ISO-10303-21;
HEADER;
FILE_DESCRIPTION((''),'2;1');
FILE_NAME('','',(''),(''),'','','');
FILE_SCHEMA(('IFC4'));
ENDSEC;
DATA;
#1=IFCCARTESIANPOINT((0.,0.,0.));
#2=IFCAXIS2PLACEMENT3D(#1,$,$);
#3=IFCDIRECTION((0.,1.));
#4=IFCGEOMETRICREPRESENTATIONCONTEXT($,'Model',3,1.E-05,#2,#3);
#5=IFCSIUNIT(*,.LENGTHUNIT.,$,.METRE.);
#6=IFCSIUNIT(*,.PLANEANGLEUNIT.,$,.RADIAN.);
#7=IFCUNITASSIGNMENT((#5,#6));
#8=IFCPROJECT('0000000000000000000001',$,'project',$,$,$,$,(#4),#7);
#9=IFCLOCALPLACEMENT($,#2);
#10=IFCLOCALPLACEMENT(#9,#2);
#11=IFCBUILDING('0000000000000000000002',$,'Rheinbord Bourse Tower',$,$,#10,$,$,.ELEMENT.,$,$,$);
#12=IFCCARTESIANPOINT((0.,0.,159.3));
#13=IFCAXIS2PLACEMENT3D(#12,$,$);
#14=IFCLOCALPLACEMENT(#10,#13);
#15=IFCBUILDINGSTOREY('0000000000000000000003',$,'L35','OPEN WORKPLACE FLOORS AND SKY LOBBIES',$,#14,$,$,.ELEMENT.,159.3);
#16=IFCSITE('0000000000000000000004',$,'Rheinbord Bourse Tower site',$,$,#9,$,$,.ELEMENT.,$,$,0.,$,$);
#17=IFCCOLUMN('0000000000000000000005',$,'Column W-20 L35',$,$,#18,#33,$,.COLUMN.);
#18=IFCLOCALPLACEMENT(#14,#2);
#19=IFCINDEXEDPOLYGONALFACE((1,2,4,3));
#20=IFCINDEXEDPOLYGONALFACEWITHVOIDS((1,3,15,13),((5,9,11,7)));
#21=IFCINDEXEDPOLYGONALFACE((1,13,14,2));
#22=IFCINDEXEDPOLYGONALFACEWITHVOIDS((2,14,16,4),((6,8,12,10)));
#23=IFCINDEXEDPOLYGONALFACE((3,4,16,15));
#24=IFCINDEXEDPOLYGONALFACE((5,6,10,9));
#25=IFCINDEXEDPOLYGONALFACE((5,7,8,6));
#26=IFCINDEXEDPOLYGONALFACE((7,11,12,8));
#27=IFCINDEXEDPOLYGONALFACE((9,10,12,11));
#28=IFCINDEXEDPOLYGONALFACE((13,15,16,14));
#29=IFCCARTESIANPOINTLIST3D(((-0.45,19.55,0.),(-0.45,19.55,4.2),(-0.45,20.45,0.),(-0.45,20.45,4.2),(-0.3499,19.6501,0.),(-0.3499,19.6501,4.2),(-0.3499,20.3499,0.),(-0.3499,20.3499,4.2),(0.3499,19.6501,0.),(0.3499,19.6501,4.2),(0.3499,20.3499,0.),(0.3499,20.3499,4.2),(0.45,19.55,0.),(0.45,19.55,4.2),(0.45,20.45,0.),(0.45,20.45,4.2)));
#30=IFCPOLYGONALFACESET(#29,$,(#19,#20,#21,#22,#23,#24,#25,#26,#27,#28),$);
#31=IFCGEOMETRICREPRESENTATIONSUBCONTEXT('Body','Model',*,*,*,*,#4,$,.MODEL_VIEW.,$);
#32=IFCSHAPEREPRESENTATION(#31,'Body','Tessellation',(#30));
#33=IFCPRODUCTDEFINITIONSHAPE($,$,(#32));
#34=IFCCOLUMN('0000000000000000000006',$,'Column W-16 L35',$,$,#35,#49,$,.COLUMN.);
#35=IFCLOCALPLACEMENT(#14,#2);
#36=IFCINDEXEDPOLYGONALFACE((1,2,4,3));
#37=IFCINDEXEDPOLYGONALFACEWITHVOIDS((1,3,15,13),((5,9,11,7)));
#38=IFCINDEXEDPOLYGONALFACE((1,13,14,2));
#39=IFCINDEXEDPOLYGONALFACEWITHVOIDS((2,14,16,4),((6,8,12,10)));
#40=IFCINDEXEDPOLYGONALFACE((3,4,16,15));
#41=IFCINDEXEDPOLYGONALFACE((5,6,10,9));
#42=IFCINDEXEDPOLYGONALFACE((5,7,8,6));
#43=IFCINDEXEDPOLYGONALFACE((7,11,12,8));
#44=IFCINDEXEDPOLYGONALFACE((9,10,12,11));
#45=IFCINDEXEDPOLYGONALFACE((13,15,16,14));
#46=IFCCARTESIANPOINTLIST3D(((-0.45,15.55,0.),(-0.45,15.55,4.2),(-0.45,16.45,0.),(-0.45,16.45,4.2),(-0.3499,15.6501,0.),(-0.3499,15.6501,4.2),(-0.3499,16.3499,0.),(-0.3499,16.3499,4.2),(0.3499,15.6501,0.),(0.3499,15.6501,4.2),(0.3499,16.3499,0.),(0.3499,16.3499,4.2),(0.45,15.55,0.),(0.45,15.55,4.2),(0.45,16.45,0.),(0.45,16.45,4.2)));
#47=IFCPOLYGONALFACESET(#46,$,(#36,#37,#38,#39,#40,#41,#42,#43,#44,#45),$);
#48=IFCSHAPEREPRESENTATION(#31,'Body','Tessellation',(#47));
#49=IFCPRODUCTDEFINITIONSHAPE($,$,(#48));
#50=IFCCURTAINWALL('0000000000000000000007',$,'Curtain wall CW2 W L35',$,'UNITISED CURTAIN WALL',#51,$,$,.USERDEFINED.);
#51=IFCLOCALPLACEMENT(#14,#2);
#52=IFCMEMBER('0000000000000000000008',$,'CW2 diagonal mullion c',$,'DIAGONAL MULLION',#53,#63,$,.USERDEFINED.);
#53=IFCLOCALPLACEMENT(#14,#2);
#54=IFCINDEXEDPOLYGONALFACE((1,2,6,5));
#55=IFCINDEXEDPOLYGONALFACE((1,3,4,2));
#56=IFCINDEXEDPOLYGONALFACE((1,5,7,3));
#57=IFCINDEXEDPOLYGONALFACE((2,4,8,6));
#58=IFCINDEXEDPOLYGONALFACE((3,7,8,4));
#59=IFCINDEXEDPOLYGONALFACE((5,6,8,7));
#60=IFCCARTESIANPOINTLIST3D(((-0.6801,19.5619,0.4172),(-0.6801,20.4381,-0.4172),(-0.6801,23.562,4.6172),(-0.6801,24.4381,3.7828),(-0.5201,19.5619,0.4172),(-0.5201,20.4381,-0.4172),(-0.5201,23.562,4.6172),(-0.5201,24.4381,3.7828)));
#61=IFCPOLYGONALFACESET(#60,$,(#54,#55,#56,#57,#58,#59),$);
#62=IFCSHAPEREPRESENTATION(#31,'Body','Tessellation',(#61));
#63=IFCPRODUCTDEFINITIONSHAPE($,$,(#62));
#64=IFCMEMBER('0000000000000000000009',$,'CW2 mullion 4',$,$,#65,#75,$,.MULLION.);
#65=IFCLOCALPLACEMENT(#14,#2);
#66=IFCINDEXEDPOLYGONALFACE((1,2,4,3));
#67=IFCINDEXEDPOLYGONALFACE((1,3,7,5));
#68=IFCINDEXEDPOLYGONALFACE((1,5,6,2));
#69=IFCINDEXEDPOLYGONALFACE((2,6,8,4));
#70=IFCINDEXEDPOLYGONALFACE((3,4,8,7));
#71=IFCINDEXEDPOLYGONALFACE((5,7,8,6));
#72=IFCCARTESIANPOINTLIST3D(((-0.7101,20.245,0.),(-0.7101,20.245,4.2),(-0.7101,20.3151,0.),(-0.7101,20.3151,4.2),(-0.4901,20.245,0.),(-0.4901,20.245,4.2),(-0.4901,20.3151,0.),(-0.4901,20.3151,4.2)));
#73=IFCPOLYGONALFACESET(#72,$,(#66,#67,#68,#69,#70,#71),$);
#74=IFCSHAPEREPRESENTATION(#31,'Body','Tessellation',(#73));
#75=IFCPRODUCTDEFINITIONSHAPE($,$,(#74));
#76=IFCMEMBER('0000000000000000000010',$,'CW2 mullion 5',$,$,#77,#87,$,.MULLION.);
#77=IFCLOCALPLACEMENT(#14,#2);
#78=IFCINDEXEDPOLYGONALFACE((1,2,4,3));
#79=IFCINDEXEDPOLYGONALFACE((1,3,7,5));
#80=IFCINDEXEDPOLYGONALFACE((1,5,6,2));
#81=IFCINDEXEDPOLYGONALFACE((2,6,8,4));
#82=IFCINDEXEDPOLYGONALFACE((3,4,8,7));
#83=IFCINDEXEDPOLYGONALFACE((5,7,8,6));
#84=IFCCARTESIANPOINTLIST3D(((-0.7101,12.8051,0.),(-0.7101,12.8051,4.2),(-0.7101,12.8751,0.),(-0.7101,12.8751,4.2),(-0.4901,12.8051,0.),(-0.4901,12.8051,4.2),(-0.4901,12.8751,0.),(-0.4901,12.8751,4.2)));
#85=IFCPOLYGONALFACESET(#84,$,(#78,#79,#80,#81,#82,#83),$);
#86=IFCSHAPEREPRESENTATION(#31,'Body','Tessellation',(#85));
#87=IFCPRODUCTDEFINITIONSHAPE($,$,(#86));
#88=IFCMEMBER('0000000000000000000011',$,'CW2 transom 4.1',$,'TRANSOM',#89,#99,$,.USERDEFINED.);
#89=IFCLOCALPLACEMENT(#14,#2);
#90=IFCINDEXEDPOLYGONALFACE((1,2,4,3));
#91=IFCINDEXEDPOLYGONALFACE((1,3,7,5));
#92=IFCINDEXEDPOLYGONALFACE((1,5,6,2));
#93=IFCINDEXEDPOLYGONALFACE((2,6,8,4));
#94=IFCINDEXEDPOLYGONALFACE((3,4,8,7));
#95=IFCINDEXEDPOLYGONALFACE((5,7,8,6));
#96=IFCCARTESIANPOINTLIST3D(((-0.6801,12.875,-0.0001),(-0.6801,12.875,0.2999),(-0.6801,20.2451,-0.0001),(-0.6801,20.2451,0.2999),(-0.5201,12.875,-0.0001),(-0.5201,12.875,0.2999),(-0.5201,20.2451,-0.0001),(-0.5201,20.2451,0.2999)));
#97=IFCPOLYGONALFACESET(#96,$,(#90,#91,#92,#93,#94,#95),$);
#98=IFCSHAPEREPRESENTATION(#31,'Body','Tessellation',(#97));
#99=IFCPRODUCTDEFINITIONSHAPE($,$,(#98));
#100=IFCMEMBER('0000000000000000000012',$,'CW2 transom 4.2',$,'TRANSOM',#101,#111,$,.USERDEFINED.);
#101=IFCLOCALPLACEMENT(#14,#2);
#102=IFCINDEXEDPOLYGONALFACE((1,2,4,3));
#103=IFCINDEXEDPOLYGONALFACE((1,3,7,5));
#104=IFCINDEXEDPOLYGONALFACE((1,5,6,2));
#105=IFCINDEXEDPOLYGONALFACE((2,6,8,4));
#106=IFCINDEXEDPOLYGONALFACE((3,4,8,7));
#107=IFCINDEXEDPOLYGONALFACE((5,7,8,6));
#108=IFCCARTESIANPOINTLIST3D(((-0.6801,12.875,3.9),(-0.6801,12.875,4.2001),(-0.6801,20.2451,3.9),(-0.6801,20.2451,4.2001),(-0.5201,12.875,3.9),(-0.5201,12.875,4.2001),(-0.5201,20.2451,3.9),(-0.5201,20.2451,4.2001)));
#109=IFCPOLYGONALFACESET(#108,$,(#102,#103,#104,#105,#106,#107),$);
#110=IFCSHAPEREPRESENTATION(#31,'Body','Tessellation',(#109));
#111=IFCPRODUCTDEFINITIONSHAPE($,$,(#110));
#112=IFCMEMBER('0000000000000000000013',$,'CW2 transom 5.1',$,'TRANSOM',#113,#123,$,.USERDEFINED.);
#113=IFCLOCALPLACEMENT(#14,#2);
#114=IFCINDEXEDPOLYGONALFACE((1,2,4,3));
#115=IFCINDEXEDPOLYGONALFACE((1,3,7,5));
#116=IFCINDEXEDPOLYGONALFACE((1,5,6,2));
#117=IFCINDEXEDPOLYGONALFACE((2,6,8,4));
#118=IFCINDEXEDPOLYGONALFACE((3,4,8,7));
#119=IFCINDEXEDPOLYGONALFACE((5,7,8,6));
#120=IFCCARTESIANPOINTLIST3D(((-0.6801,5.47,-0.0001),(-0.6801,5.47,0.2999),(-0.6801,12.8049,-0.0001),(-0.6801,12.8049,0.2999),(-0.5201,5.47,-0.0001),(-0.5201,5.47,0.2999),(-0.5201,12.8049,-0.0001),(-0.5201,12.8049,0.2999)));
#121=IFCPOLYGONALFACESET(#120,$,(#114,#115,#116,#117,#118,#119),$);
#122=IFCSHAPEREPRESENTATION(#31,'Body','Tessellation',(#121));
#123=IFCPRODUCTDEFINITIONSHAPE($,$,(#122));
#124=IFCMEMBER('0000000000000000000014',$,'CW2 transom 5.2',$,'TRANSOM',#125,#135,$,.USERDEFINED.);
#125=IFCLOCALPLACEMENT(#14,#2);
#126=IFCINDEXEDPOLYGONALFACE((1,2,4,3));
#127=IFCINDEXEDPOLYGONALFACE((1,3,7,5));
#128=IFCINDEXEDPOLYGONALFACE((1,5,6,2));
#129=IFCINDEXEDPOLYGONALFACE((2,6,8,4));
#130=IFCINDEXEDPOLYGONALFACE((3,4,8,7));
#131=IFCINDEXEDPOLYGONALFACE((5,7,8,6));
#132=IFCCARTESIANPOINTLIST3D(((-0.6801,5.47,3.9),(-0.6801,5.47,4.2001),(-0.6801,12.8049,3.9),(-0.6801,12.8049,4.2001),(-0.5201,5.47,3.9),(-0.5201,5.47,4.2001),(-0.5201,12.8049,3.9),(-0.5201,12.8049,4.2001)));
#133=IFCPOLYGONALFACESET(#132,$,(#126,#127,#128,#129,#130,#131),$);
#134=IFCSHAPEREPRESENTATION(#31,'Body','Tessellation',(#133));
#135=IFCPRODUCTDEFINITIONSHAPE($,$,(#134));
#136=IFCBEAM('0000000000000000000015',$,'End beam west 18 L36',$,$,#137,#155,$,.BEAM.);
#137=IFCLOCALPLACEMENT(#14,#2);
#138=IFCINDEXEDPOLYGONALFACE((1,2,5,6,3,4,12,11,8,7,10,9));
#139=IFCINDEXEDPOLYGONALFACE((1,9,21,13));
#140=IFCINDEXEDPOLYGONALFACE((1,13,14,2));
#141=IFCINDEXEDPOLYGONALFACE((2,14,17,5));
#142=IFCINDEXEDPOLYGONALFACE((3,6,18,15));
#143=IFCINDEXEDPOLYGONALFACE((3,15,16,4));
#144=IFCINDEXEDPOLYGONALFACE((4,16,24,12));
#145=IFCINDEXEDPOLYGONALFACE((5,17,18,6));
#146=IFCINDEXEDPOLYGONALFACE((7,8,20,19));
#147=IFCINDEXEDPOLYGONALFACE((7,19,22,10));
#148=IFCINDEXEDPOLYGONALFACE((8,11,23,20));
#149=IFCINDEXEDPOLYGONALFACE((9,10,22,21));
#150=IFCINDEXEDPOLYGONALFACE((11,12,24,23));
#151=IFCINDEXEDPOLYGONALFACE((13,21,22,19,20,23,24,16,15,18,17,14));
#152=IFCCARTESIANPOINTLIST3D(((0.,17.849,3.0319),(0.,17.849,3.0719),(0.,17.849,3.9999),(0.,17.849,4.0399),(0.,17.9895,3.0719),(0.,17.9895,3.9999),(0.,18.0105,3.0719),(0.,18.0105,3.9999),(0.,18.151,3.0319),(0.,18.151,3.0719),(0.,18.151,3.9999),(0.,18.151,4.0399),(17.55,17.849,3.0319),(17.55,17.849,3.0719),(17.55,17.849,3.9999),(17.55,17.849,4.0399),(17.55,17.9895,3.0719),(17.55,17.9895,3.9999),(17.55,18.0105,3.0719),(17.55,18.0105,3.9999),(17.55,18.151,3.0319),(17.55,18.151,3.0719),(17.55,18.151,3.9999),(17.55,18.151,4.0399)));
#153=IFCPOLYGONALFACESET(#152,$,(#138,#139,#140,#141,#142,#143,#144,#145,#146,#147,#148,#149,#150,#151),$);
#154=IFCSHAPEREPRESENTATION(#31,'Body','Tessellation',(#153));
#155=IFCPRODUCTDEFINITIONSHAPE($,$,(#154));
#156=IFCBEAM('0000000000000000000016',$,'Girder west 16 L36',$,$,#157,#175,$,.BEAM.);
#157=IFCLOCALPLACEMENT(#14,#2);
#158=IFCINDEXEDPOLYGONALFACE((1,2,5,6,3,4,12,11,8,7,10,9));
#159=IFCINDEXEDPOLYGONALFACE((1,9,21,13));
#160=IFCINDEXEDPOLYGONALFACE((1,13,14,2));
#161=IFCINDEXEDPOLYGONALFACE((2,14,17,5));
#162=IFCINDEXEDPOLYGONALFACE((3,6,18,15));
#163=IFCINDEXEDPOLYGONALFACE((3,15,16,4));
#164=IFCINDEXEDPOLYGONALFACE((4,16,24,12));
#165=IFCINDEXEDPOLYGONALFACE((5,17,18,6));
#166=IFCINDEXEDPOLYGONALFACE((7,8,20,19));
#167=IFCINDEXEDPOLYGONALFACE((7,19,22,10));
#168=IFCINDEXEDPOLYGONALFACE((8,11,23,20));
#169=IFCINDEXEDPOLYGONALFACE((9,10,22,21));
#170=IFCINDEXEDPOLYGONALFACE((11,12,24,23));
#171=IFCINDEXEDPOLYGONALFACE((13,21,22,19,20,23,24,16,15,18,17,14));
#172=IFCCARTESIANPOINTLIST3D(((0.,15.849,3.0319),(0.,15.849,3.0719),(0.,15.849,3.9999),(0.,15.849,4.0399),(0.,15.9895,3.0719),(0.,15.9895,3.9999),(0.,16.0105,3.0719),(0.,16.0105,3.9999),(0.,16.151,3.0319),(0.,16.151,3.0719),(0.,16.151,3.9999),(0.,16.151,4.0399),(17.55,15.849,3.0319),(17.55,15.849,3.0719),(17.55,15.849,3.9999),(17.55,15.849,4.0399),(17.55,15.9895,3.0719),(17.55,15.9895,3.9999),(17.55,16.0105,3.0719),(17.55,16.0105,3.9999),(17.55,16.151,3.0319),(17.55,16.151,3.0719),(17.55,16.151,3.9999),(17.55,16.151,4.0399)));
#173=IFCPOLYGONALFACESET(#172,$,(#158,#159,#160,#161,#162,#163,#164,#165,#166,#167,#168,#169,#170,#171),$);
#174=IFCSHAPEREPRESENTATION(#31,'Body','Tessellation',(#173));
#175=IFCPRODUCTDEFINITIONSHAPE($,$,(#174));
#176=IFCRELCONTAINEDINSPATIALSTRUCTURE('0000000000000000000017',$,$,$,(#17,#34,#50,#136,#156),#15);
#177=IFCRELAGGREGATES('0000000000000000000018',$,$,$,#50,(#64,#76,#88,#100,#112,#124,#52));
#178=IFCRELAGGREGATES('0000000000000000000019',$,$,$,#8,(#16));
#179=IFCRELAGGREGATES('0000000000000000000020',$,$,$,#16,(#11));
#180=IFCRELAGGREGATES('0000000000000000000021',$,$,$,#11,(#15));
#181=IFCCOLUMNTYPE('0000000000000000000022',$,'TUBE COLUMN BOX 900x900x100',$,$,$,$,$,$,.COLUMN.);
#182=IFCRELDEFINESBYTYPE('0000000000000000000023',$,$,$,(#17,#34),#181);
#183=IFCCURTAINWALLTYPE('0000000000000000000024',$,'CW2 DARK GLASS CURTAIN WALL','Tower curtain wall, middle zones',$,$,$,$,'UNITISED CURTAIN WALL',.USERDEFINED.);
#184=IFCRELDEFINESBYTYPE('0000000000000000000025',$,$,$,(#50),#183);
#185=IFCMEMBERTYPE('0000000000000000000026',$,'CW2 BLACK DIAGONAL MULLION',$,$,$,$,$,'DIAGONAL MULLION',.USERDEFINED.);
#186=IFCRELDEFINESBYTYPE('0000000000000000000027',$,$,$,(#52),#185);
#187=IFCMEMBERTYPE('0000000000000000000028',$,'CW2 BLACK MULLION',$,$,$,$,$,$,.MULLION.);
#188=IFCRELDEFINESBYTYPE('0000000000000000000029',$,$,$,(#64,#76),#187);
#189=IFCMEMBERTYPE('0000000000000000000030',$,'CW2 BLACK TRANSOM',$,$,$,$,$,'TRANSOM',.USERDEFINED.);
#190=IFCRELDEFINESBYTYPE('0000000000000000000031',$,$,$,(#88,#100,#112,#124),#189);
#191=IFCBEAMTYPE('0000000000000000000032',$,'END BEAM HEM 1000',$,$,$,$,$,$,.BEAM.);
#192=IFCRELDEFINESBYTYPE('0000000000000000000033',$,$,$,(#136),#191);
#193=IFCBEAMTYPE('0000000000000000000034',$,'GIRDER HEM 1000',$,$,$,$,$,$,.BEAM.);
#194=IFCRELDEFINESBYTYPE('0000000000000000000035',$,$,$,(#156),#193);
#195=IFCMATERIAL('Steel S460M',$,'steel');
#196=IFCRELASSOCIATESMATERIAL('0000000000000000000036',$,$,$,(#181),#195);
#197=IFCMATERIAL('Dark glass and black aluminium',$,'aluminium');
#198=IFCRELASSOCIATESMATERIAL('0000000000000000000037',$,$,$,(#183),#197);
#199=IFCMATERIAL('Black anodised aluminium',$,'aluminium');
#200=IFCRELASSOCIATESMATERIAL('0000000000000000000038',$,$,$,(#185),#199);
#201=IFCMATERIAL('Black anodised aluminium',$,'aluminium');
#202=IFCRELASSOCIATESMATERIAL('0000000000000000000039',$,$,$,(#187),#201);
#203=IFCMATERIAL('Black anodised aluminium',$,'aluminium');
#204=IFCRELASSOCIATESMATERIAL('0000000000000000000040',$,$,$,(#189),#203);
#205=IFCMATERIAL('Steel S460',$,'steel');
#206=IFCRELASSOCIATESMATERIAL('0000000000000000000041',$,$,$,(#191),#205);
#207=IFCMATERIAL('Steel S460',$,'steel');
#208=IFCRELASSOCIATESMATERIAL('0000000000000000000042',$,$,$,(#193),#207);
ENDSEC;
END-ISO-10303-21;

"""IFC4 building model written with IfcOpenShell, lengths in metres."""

from ifc_helpers import new_model, si_unit, direction, frame, origin, origin_2d, place, context, subcontext, project, spatial, rectangle, hollow_rectangle, i_section, extrude, material, material_profile, profile_set, type_object, element, aggregate, save


model = new_model("IFC4")

# Units and contexts
model_context = context("Model", 3, precision=1e-05, world=origin(), true_north=direction((0.0, 1.0)))
body_context = subcontext(model_context, "Body", "Model", "MODEL_VIEW")
ifc_project = project(units=[si_unit("LENGTHUNIT", "METRE"), si_unit("PLANEANGLEUNIT", "RADIAN")], contexts=[model_context])

# Site, building, storey
site_placement = place(None, origin())
site = spatial("IfcSite", under=ifc_project, at=site_placement, Name="Rheinbord Bourse Tower site", CompositionType="ELEMENT", RefElevation=0.0)
building_placement = place(site_placement, origin())
building = spatial("IfcBuilding", under=site, at=building_placement, Name="Rheinbord Bourse Tower", CompositionType="ELEMENT")
storey_placement = place(building_placement, frame((0.0, 0.0, 159.3)))
storey = spatial("IfcBuildingStorey", under=building, at=storey_placement, Name="L35", Description="OPEN WORKPLACE FLOORS AND SKY LOBBIES", CompositionType="ELEMENT", Elevation=159.3)

# Columns
ifc_material_1 = material(Name="Steel S460M", Category="steel")
ifc_material_profile_1 = material_profile(ifc_material_1, hollow_rectangle(XDim=0.8999, YDim=0.8999, WallThickness=0.1001, at=origin_2d()), Name="BOX 900x900x100")
ifc_profile_set_1 = profile_set([ifc_material_profile_1], Name="Steel S460M")
column_type = type_object("IfcColumnType", Name="TUBE COLUMN BOX 900x900x100", PredefinedType="COLUMN", material=ifc_profile_set_1)
for number, where, z_axis, x_axis, name in (
    (1, (0.0, 20.0, 0.0), (0.0, 0.0, 1.0), (1.0, 0.0, 0.0), "Column W-20 L35"),
    (2, (0.0, 16.0, 0.0), (0.0, 0.0, 1.0), (1.0, 0.0, 0.0), "Column W-16 L35"),
):
    element("IfcColumn", number, at=place(storey_placement, frame(where, z_axis=z_axis, x_axis=x_axis)), inside=storey, type_object=column_type, Name=name, PredefinedType="COLUMN", context=body_context, shape_type="SweptSolid", body=[
        extrude(hollow_rectangle(XDim=0.8999, YDim=0.8999, WallThickness=0.1001, at=origin_2d()), origin(), (0.0, 0.0, 1.0), 4.2),
    ])

# Curtain wall, members
ifc_material_2 = material(Name="Dark glass and black aluminium", Category="aluminium")
curtain_wall_type = type_object("IfcCurtainWallType", Name="CW2 DARK GLASS CURTAIN WALL", Description="Tower curtain wall, middle zones", ElementType="UNITISED CURTAIN WALL", PredefinedType="USERDEFINED", material=ifc_material_2)
curtain_wall_placement = place(storey_placement, origin())
curtain_wall = element("IfcCurtainWall", 3, at=curtain_wall_placement, inside=storey, type_object=curtain_wall_type, Name="Curtain wall CW2 W L35", ObjectType="UNITISED CURTAIN WALL", PredefinedType="USERDEFINED")
ifc_material_3 = material(Name="Black anodised aluminium", Category="aluminium")
ifc_material_profile_2 = material_profile(ifc_material_3, rectangle(XDim=0.1599, YDim=1.21, at=origin_2d()), Name="CW2 DIAGONAL MULLION 1210x160")
ifc_profile_set_2 = profile_set([ifc_material_profile_2], Name="Black anodised aluminium")
member_type_1 = type_object("IfcMemberType", Name="CW2 BLACK DIAGONAL MULLION", ElementType="DIAGONAL MULLION", PredefinedType="USERDEFINED", material=ifc_profile_set_2)
member_1_placement = place(storey_placement, frame((-0.6001, 20.0, 0.0), z_axis=(0.0, 0.689659, 0.724134), x_axis=(-1.0, 0.0, 0.0)))
member_1 = element("IfcMember", 4, at=member_1_placement, type_object=member_type_1, Name="CW2 diagonal mullion c", ObjectType="DIAGONAL MULLION", PredefinedType="USERDEFINED", context=body_context, shape_type="SweptSolid", body=[
    extrude(rectangle(XDim=0.1599, YDim=1.21, at=origin_2d()), origin(), (0.0, 0.0, 1.0), 5.8),
])
ifc_material_4 = material(Name="Black anodised aluminium", Category="aluminium")
ifc_material_profile_3 = material_profile(ifc_material_4, rectangle(XDim=0.22, YDim=0.0701, at=origin_2d()), Name="CW2 MULLION 70x220")
ifc_profile_set_3 = profile_set([ifc_material_profile_3], Name="Black anodised aluminium")
member_type_2 = type_object("IfcMemberType", Name="CW2 BLACK MULLION", PredefinedType="MULLION", material=ifc_profile_set_3)
member_2_placement = place(storey_placement, frame((-0.6001, 20.28, 0.0), z_axis=(0.0, 0.0, 1.0), x_axis=(1.0, 0.0, 0.0)))
member_2 = element("IfcMember", 5, at=member_2_placement, type_object=member_type_2, Name="CW2 mullion 4", PredefinedType="MULLION", context=body_context, shape_type="SweptSolid", body=[
    extrude(rectangle(XDim=0.22, YDim=0.0701, at=origin_2d()), origin(), (0.0, 0.0, 1.0), 4.2),
])
member_3_placement = place(storey_placement, frame((-0.6001, 12.8401, 0.0), z_axis=(0.0, 0.0, 1.0), x_axis=(1.0, 0.0, 0.0)))
member_3 = element("IfcMember", 6, at=member_3_placement, type_object=member_type_2, Name="CW2 mullion 5", PredefinedType="MULLION", context=body_context, shape_type="SweptSolid", body=[
    extrude(rectangle(XDim=0.22, YDim=0.0701, at=origin_2d()), origin(), (0.0, 0.0, 1.0), 4.2),
])
ifc_material_5 = material(Name="Black anodised aluminium", Category="aluminium")
ifc_material_profile_4 = material_profile(ifc_material_5, rectangle(XDim=0.1599, YDim=0.3, at=origin_2d()), Name="CW2 TRANSOM 300x160")
ifc_profile_set_4 = profile_set([ifc_material_profile_4], Name="Black anodised aluminium")
member_type_3 = type_object("IfcMemberType", Name="CW2 BLACK TRANSOM", ElementType="TRANSOM", PredefinedType="USERDEFINED", material=ifc_profile_set_4)
member_4_placement = place(storey_placement, frame((-0.6001, 20.2451, 0.1499), z_axis=(0.0, -1.0, 0.0), x_axis=(1.0, 0.0, 0.0)))
member_4 = element("IfcMember", 7, at=member_4_placement, type_object=member_type_3, Name="CW2 transom 4.1", ObjectType="TRANSOM", PredefinedType="USERDEFINED", context=body_context, shape_type="SweptSolid", body=[
    extrude(rectangle(XDim=0.1599, YDim=0.3, at=origin_2d()), origin(), (0.0, 0.0, 1.0), 7.3701),
])
member_5_placement = place(storey_placement, frame((-0.6001, 20.2451, 4.05), z_axis=(0.0, -1.0, 0.0), x_axis=(1.0, 0.0, 0.0)))
member_5 = element("IfcMember", 8, at=member_5_placement, type_object=member_type_3, Name="CW2 transom 4.2", ObjectType="TRANSOM", PredefinedType="USERDEFINED", context=body_context, shape_type="SweptSolid", body=[
    extrude(rectangle(XDim=0.1599, YDim=0.3, at=origin_2d()), origin(), (0.0, 0.0, 1.0), 7.3701),
])
member_6_placement = place(storey_placement, frame((-0.6001, 12.8049, 0.1499), z_axis=(0.0, -1.0, 0.0), x_axis=(1.0, 0.0, 0.0)))
member_6 = element("IfcMember", 9, at=member_6_placement, type_object=member_type_3, Name="CW2 transom 5.1", ObjectType="TRANSOM", PredefinedType="USERDEFINED", context=body_context, shape_type="SweptSolid", body=[
    extrude(rectangle(XDim=0.1599, YDim=0.3, at=origin_2d()), origin(), (0.0, 0.0, 1.0), 7.335),
])
member_7_placement = place(storey_placement, frame((-0.6001, 12.8049, 4.05), z_axis=(0.0, -1.0, 0.0), x_axis=(1.0, 0.0, 0.0)))
member_7 = element("IfcMember", 10, at=member_7_placement, type_object=member_type_3, Name="CW2 transom 5.2", ObjectType="TRANSOM", PredefinedType="USERDEFINED", context=body_context, shape_type="SweptSolid", body=[
    extrude(rectangle(XDim=0.1599, YDim=0.3, at=origin_2d()), origin(), (0.0, 0.0, 1.0), 7.335),
])

# Beams
ifc_material_6 = material(Name="Steel S460", Category="steel")
ifc_material_profile_5 = material_profile(ifc_material_6, i_section(OverallWidth=0.302, OverallDepth=1.0081, WebThickness=0.021, FlangeThickness=0.04, at=origin_2d()), Name="HEM 1000")
ifc_profile_set_5 = profile_set([ifc_material_profile_5], Name="Steel S460")
beam_type_1 = type_object("IfcBeamType", Name="END BEAM HEM 1000", PredefinedType="BEAM", material=ifc_profile_set_5)
beam_1_placement = place(storey_placement, frame((0.0, 18.0, 3.5359), z_axis=(1.0, 0.0, 0.0), x_axis=(0.0, 1.0, 0.0)))
element("IfcBeam", 11, at=beam_1_placement, inside=storey, type_object=beam_type_1, Name="End beam west 18 L36", PredefinedType="BEAM", context=body_context, shape_type="SweptSolid", body=[
    extrude(i_section(OverallWidth=0.302, OverallDepth=1.0081, WebThickness=0.021, FlangeThickness=0.04, at=origin_2d()), origin(), (0.0, 0.0, 1.0), 17.55),
])
ifc_material_7 = material(Name="Steel S460", Category="steel")
ifc_material_profile_6 = material_profile(ifc_material_7, i_section(OverallWidth=0.302, OverallDepth=1.0081, WebThickness=0.021, FlangeThickness=0.04, at=origin_2d()), Name="HEM 1000")
ifc_profile_set_6 = profile_set([ifc_material_profile_6], Name="Steel S460")
beam_type_2 = type_object("IfcBeamType", Name="GIRDER HEM 1000", PredefinedType="BEAM", material=ifc_profile_set_6)
beam_2_placement = place(storey_placement, frame((0.0, 16.0, 3.5359), z_axis=(1.0, 0.0, 0.0), x_axis=(0.0, 1.0, 0.0)))
element("IfcBeam", 12, at=beam_2_placement, inside=storey, type_object=beam_type_2, Name="Girder west 16 L36", PredefinedType="BEAM", context=body_context, shape_type="SweptSolid", body=[
    extrude(i_section(OverallWidth=0.302, OverallDepth=1.0081, WebThickness=0.021, FlangeThickness=0.04, at=origin_2d()), origin(), (0.0, 0.0, 1.0), 17.55),
])

aggregate(curtain_wall, [member_2, member_3, member_4, member_5, member_6, member_7, member_1])

save(model, "model.ifc")
